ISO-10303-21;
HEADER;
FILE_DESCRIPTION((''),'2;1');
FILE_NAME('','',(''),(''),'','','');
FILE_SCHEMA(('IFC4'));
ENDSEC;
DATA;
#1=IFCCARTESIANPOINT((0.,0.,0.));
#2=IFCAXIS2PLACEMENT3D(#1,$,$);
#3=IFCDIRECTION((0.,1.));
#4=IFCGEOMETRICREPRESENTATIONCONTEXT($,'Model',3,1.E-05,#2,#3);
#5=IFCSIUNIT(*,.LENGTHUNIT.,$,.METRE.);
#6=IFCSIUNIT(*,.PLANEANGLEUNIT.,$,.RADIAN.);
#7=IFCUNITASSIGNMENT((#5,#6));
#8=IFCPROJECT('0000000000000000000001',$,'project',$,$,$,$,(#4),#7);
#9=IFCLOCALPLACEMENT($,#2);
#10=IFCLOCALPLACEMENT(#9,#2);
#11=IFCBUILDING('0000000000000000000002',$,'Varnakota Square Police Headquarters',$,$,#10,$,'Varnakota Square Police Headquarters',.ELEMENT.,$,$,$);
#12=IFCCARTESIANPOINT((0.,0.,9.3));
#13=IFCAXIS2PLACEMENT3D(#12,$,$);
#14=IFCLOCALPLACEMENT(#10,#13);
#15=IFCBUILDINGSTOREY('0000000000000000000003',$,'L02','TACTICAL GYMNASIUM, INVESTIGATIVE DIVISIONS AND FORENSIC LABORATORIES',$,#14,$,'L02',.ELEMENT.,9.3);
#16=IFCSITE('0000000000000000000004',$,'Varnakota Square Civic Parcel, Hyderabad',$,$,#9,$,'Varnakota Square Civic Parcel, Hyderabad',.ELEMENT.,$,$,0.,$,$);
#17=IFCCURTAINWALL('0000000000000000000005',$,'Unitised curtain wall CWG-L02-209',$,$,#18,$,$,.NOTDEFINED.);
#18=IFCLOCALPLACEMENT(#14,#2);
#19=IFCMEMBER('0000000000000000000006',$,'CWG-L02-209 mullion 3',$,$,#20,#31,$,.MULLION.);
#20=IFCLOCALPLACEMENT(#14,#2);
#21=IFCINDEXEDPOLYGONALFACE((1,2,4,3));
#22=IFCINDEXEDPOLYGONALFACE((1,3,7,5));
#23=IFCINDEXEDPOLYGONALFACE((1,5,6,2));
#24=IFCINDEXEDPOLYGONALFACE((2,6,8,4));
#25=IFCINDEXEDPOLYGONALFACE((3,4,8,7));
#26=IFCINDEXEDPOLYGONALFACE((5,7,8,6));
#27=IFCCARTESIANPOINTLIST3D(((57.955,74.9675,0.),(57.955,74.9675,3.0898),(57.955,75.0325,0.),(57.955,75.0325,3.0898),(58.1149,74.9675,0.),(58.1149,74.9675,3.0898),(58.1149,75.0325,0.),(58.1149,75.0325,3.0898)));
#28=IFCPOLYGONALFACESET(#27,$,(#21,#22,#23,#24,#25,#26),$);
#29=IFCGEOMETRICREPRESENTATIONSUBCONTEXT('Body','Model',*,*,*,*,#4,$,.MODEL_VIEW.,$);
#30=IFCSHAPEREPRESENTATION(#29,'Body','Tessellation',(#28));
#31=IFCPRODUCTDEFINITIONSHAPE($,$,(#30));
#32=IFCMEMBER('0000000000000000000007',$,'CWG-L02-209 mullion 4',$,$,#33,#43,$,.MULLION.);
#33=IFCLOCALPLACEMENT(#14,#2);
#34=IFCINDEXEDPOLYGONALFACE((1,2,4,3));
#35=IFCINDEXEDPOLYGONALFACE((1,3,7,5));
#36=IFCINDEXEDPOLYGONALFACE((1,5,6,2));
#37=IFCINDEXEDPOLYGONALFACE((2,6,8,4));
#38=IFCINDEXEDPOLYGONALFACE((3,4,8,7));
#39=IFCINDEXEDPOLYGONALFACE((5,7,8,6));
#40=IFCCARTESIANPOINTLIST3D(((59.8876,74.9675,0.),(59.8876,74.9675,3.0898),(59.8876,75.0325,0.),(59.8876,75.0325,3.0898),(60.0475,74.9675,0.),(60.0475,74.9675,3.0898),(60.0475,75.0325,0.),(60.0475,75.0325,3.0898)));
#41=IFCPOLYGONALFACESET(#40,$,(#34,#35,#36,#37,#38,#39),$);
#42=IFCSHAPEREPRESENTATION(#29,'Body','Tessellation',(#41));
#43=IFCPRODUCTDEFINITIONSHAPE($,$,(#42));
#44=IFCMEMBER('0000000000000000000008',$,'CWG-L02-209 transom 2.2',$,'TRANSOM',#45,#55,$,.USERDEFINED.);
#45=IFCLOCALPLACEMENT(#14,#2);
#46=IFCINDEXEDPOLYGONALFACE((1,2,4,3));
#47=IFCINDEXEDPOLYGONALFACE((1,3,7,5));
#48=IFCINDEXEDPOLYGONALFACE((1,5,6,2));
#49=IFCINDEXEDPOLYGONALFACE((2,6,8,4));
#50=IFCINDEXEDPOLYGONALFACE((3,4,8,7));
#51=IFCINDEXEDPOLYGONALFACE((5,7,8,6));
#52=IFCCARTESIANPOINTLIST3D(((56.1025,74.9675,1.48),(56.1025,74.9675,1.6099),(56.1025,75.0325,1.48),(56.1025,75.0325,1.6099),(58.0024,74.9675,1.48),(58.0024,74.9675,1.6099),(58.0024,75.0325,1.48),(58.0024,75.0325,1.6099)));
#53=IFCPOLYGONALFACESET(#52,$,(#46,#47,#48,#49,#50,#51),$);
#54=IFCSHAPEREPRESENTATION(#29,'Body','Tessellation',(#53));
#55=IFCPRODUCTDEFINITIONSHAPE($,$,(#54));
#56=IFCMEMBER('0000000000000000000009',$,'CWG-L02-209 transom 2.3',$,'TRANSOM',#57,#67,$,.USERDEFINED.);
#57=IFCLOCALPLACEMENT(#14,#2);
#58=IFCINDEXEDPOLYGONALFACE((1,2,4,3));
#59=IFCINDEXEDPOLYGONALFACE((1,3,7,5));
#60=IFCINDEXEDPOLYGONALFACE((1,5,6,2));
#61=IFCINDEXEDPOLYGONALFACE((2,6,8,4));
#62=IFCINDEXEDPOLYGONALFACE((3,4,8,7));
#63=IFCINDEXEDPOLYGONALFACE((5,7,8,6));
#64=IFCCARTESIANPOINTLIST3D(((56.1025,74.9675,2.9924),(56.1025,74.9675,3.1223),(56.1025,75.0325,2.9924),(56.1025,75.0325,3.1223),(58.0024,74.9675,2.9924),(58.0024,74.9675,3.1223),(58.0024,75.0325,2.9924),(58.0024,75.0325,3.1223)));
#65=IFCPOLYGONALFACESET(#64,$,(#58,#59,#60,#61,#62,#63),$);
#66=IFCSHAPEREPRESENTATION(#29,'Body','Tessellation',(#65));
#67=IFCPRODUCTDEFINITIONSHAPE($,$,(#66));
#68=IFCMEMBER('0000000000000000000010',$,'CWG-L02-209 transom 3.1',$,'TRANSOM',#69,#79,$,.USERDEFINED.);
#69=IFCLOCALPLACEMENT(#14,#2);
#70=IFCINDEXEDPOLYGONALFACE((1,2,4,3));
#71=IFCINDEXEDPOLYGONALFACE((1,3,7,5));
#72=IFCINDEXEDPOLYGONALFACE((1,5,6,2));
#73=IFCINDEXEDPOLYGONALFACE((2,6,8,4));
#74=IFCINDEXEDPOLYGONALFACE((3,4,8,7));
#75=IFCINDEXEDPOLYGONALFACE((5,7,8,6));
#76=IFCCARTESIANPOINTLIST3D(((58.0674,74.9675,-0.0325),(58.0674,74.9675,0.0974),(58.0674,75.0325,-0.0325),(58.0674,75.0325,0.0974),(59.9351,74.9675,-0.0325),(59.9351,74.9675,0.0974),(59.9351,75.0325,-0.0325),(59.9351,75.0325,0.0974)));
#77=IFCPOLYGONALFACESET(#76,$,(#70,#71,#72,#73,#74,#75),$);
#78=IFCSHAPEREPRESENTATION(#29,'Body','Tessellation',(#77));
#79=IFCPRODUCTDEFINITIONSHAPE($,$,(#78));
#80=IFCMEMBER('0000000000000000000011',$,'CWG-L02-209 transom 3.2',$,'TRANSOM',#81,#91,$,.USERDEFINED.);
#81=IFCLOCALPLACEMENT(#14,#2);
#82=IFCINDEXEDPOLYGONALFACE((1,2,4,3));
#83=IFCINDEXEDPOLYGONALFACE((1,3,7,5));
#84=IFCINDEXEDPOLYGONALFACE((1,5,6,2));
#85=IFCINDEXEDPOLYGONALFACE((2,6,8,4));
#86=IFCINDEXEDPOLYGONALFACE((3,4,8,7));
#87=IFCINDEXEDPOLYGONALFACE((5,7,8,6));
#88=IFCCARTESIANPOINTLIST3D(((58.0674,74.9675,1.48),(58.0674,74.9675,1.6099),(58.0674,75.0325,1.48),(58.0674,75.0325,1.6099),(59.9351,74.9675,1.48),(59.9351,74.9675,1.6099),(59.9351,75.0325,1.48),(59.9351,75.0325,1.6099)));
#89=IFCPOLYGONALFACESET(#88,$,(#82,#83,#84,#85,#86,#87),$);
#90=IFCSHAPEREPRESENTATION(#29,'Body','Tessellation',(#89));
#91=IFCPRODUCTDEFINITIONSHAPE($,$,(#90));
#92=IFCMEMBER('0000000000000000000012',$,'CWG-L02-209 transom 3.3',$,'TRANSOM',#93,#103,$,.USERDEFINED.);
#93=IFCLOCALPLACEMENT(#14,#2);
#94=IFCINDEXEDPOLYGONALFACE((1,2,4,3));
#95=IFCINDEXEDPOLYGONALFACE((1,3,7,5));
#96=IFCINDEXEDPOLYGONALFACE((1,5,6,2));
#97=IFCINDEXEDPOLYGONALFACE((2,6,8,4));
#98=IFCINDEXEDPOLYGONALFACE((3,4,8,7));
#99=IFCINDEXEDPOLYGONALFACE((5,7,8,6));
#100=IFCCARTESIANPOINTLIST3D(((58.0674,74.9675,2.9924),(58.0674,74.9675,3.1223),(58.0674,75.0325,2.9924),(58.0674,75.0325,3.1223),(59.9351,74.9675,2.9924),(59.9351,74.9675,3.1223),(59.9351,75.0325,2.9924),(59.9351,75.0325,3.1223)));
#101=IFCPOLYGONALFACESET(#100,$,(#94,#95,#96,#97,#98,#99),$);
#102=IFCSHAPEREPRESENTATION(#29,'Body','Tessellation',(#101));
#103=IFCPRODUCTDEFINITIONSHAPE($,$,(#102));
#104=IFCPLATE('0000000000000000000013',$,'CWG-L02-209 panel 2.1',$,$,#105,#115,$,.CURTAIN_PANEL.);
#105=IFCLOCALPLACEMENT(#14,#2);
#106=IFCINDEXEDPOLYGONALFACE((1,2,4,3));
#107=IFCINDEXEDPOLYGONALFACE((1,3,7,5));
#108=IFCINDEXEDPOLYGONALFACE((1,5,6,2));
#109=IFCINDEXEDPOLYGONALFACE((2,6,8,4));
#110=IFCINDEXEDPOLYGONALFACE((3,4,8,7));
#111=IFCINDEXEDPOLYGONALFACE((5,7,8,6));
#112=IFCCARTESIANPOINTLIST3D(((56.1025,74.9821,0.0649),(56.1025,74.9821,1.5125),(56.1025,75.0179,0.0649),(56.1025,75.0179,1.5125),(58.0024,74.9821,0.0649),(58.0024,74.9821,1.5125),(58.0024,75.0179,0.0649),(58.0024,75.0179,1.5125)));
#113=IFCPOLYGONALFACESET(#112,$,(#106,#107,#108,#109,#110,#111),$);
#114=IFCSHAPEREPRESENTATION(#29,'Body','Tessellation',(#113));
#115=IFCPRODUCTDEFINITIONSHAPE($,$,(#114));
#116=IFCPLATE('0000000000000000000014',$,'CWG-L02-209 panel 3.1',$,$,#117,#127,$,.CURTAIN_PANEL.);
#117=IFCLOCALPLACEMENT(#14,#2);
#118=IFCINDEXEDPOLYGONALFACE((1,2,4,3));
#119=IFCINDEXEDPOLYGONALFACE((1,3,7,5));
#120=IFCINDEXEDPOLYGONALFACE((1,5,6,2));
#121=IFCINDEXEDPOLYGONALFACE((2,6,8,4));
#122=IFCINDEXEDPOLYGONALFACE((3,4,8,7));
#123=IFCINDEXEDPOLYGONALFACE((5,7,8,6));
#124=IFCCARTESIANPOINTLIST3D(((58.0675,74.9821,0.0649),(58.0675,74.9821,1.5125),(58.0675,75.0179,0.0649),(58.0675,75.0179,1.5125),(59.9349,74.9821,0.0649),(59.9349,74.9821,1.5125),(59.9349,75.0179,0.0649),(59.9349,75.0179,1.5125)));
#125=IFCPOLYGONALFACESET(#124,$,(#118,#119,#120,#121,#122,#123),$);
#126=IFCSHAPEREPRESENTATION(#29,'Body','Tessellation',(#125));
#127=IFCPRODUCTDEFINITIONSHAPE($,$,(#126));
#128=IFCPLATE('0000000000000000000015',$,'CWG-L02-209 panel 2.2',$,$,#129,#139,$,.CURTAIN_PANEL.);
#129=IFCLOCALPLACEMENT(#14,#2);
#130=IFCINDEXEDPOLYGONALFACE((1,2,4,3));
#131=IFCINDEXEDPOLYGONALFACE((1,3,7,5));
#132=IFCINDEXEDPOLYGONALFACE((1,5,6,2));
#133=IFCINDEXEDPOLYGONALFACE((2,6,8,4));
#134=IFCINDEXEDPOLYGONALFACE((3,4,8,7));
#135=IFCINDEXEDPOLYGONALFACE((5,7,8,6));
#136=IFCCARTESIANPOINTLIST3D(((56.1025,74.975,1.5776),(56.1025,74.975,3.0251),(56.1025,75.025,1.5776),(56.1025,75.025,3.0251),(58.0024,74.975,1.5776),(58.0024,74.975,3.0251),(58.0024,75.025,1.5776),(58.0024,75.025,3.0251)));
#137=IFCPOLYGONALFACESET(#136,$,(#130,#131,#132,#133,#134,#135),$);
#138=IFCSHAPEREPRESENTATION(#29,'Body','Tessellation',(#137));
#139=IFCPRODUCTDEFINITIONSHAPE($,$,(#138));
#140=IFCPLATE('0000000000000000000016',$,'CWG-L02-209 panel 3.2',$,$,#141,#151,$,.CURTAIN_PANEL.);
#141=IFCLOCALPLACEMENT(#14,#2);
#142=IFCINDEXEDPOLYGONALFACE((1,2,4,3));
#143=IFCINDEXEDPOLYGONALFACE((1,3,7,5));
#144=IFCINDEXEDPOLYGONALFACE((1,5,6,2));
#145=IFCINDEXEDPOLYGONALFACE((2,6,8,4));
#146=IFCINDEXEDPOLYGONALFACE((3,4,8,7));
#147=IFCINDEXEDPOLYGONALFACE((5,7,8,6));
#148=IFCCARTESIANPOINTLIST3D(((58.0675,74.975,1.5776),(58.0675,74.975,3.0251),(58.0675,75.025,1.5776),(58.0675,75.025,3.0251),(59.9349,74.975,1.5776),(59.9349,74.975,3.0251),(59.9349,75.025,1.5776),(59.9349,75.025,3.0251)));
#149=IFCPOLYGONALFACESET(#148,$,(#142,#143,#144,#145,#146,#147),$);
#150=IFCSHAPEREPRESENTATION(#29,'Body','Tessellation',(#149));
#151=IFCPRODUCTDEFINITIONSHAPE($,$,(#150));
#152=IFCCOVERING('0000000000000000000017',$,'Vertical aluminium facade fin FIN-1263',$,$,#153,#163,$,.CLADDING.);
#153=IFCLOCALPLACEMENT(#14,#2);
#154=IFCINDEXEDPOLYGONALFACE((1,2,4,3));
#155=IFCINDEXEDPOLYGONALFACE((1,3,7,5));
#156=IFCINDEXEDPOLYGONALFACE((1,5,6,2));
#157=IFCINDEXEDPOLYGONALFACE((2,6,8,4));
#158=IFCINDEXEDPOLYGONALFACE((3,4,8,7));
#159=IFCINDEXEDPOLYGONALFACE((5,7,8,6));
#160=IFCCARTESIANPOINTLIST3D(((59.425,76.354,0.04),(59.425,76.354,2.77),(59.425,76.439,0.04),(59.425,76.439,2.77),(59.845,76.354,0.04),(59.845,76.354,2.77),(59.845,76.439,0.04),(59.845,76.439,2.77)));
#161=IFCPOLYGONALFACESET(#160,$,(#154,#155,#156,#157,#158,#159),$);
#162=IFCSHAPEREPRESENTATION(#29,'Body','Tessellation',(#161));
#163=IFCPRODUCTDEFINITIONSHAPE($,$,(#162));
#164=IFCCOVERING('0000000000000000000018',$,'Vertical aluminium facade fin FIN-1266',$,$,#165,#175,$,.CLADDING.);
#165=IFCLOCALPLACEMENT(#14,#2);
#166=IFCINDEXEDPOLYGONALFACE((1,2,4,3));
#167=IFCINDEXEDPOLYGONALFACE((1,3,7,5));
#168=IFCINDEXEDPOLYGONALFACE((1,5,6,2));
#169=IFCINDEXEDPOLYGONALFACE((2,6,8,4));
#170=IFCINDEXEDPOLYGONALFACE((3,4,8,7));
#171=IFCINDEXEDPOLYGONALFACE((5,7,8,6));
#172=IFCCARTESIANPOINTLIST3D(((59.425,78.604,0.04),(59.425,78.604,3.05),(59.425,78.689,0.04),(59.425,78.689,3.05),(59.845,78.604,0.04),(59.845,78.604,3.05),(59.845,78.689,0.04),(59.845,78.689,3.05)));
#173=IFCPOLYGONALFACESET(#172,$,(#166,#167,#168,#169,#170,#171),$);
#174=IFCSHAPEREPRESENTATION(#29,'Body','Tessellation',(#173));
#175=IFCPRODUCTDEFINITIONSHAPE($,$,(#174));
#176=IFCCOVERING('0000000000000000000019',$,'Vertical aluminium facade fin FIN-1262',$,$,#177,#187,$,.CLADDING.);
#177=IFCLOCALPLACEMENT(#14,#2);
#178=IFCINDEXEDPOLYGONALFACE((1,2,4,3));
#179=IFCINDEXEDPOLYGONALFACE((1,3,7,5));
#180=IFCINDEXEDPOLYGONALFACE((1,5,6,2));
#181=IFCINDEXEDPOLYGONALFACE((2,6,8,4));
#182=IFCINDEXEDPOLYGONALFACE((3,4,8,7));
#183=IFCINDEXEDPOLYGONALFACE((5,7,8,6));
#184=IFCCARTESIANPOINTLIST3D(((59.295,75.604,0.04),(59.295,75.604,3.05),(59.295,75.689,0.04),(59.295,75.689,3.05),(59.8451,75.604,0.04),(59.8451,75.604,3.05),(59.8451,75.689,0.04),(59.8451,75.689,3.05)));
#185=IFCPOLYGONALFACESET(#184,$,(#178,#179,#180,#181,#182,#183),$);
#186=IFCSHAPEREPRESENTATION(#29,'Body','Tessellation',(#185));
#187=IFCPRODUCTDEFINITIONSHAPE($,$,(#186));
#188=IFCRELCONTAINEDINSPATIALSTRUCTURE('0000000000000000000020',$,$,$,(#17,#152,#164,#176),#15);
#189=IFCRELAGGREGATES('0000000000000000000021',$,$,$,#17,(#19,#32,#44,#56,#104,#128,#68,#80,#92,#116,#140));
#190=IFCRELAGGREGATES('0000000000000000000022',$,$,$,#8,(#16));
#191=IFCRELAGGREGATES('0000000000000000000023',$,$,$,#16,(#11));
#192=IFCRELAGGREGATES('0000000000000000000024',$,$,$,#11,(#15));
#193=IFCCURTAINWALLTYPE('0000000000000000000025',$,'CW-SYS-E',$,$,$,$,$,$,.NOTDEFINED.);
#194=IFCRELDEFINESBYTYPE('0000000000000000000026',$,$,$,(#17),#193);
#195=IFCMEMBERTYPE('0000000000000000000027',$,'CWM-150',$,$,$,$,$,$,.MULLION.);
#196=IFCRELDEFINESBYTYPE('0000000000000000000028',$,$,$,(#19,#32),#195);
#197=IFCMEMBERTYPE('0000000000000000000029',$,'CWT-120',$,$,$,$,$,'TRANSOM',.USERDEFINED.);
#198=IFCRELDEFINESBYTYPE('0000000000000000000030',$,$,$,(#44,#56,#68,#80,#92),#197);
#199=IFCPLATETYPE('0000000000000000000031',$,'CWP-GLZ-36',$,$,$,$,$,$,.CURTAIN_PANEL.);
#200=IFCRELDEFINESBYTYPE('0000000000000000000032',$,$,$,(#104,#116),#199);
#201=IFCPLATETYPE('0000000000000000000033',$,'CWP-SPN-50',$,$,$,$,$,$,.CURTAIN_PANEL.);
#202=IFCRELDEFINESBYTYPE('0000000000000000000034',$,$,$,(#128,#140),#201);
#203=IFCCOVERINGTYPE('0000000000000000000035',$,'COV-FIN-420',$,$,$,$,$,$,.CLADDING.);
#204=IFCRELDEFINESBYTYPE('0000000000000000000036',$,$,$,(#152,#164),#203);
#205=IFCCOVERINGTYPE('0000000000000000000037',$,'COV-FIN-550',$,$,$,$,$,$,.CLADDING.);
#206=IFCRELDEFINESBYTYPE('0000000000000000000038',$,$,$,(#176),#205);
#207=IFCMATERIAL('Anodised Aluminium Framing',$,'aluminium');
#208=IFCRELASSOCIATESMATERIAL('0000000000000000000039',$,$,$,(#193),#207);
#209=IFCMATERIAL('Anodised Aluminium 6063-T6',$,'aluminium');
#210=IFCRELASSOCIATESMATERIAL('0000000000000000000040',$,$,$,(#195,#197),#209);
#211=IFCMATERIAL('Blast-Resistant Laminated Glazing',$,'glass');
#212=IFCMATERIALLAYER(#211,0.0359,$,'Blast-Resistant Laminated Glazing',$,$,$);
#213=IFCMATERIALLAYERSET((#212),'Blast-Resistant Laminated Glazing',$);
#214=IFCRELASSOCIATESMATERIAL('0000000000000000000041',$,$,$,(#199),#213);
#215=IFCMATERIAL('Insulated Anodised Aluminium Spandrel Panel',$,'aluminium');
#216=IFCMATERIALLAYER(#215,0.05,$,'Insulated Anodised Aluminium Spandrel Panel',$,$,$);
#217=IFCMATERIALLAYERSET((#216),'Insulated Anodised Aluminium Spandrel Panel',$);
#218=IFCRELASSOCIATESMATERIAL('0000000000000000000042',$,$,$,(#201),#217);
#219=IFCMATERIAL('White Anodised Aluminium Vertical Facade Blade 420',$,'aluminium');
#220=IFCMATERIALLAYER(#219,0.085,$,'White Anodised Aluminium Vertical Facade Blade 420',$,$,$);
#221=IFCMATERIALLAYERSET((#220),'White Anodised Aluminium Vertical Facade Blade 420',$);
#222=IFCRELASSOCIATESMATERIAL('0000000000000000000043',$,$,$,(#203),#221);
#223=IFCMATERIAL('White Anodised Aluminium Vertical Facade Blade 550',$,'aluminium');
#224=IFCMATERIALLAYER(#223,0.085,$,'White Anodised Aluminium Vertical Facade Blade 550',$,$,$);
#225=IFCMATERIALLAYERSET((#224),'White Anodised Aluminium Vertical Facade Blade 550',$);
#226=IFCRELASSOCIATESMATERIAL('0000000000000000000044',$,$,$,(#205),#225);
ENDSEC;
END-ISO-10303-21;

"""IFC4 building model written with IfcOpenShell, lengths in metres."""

from ifc_helpers import new_model, si_unit, direction, frame, origin, origin_2d, place, context, subcontext, project, spatial, rectangle, extrude, material, layer, layer_set, material_profile, profile_set, type_object, element, aggregate, save


model = new_model("IFC4")

# Units and contexts
model_context = context("Model", 3, precision=1e-05, world=origin(), true_north=direction((0.0, 1.0)))
body_context = subcontext(model_context, "Body", "Model", "MODEL_VIEW")
ifc_project = project(units=[si_unit("LENGTHUNIT", "METRE"), si_unit("PLANEANGLEUNIT", "RADIAN")], contexts=[model_context])

# Site, building, storey
site_placement = place(None, origin())
site = spatial("IfcSite", under=ifc_project, at=site_placement, Name="Varnakota Square Civic Parcel, Hyderabad", LongName="Varnakota Square Civic Parcel, Hyderabad", CompositionType="ELEMENT", RefElevation=0.0)
building_placement = place(site_placement, origin())
building = spatial("IfcBuilding", under=site, at=building_placement, Name="Varnakota Square Police Headquarters", LongName="Varnakota Square Police Headquarters", CompositionType="ELEMENT")
storey_placement = place(building_placement, frame((0.0, 0.0, 9.3)))
storey = spatial("IfcBuildingStorey", under=building, at=storey_placement, Name="L02", Description="TACTICAL GYMNASIUM, INVESTIGATIVE DIVISIONS AND FORENSIC LABORATORIES", LongName="L02", CompositionType="ELEMENT", Elevation=9.3)

# Curtain wall, members, plates
ifc_material_1 = material(Name="Anodised Aluminium Framing", Category="aluminium")
curtain_wall_type = type_object("IfcCurtainWallType", Name="CW-SYS-E", PredefinedType="NOTDEFINED", material=ifc_material_1)
curtain_wall_placement = place(storey_placement, origin())
curtain_wall = element("IfcCurtainWall", 1, at=curtain_wall_placement, inside=storey, type_object=curtain_wall_type, Name="Unitised curtain wall CWG-L02-209", PredefinedType="NOTDEFINED")
ifc_material_2 = material(Name="Anodised Aluminium 6063-T6", Category="aluminium")
ifc_material_profile_1 = material_profile(ifc_material_2, rectangle(XDim=0.0649, YDim=0.1599, at=origin_2d()), Name="ALU MULLION 65x160")
ifc_profile_set_1 = profile_set([ifc_material_profile_1], Name="Anodised Aluminium 6063-T6")
member_type_1 = type_object("IfcMemberType", Name="CWM-150", PredefinedType="MULLION", material=ifc_profile_set_1)
member_1_placement = place(storey_placement, frame((58.0349, 75.0, 0.0), z_axis=(0.0, 0.0, 1.0), x_axis=(0.0, 1.0, 0.0)))
member_1 = element("IfcMember", 2, at=member_1_placement, type_object=member_type_1, Name="CWG-L02-209 mullion 3", PredefinedType="MULLION", context=body_context, shape_type="SweptSolid", body=[
    extrude(rectangle(XDim=0.0649, YDim=0.1599, at=origin_2d()), origin(), (0.0, 0.0, 1.0), 3.0898),
])
member_2_placement = place(storey_placement, frame((59.9675, 75.0, 0.0), z_axis=(0.0, 0.0, 1.0), x_axis=(0.0, 1.0, 0.0)))
member_2 = element("IfcMember", 3, at=member_2_placement, type_object=member_type_1, Name="CWG-L02-209 mullion 4", PredefinedType="MULLION", context=body_context, shape_type="SweptSolid", body=[
    extrude(rectangle(XDim=0.0649, YDim=0.1599, at=origin_2d()), origin(), (0.0, 0.0, 1.0), 3.0898),
])
ifc_material_profile_2 = material_profile(ifc_material_2, rectangle(XDim=0.0649, YDim=0.1299, at=origin_2d()), Name="ALU TRANSOM 65x130")
ifc_profile_set_2 = profile_set([ifc_material_profile_2], Name="Anodised Aluminium 6063-T6")
member_type_2 = type_object("IfcMemberType", Name="CWT-120", ElementType="TRANSOM", PredefinedType="USERDEFINED", material=ifc_profile_set_2)
member_3_placement = place(storey_placement, frame((56.1025, 75.0, 1.5449), z_axis=(1.0, 0.0, 0.0), x_axis=(0.0, 1.0, 0.0)))
member_3 = element("IfcMember", 4, at=member_3_placement, type_object=member_type_2, Name="CWG-L02-209 transom 2.2", ObjectType="TRANSOM", PredefinedType="USERDEFINED", context=body_context, shape_type="SweptSolid", body=[
    extrude(rectangle(XDim=0.0649, YDim=0.1299, at=origin_2d()), origin(), (0.0, 0.0, 1.0), 1.8999),
])
member_4_placement = place(storey_placement, frame((56.1025, 75.0, 3.0574), z_axis=(1.0, 0.0, 0.0), x_axis=(0.0, 1.0, 0.0)))
member_4 = element("IfcMember", 5, at=member_4_placement, type_object=member_type_2, Name="CWG-L02-209 transom 2.3", ObjectType="TRANSOM", PredefinedType="USERDEFINED", context=body_context, shape_type="SweptSolid", body=[
    extrude(rectangle(XDim=0.0649, YDim=0.1299, at=origin_2d()), origin(), (0.0, 0.0, 1.0), 1.8999),
])
member_5_placement = place(storey_placement, frame((58.0674, 75.0, 0.0325), z_axis=(1.0, 0.0, 0.0), x_axis=(0.0, 1.0, 0.0)))
member_5 = element("IfcMember", 6, at=member_5_placement, type_object=member_type_2, Name="CWG-L02-209 transom 3.1", ObjectType="TRANSOM", PredefinedType="USERDEFINED", context=body_context, shape_type="SweptSolid", body=[
    extrude(rectangle(XDim=0.0649, YDim=0.1299, at=origin_2d()), origin(), (0.0, 0.0, 1.0), 1.8677),
])
member_6_placement = place(storey_placement, frame((58.0674, 75.0, 1.5449), z_axis=(1.0, 0.0, 0.0), x_axis=(0.0, 1.0, 0.0)))
member_6 = element("IfcMember", 7, at=member_6_placement, type_object=member_type_2, Name="CWG-L02-209 transom 3.2", ObjectType="TRANSOM", PredefinedType="USERDEFINED", context=body_context, shape_type="SweptSolid", body=[
    extrude(rectangle(XDim=0.0649, YDim=0.1299, at=origin_2d()), origin(), (0.0, 0.0, 1.0), 1.8677),
])
member_7_placement = place(storey_placement, frame((58.0674, 75.0, 3.0574), z_axis=(1.0, 0.0, 0.0), x_axis=(0.0, 1.0, 0.0)))
member_7 = element("IfcMember", 8, at=member_7_placement, type_object=member_type_2, Name="CWG-L02-209 transom 3.3", ObjectType="TRANSOM", PredefinedType="USERDEFINED", context=body_context, shape_type="SweptSolid", body=[
    extrude(rectangle(XDim=0.0649, YDim=0.1299, at=origin_2d()), origin(), (0.0, 0.0, 1.0), 1.8677),
])
ifc_material_3 = material(Name="Blast-Resistant Laminated Glazing", Category="glass")
ifc_layer_1 = layer(ifc_material_3, 0.0359, Name="Blast-Resistant Laminated Glazing")
ifc_layer_set_1 = layer_set([ifc_layer_1], Name="Blast-Resistant Laminated Glazing")
plate_type_1 = type_object("IfcPlateType", Name="CWP-GLZ-36", PredefinedType="CURTAIN_PANEL", material=ifc_layer_set_1)
plate_1_placement = place(storey_placement, frame((57.0525, 75.0, 0.0649), z_axis=(0.0, 0.0, 1.0), x_axis=(1.0, 0.0, 0.0)))
plate_1 = element("IfcPlate", 9, at=plate_1_placement, type_object=plate_type_1, Name="CWG-L02-209 panel 2.1", PredefinedType="CURTAIN_PANEL", context=body_context, shape_type="SweptSolid", body=[
    extrude(rectangle(XDim=1.8999, YDim=0.0359, at=origin_2d()), origin(), (0.0, 0.0, 1.0), 1.4475),
])
plate_2_placement = place(storey_placement, frame((59.0012, 75.0, 0.0649), z_axis=(0.0, 0.0, 1.0), x_axis=(1.0, 0.0, 0.0)))
plate_2 = element("IfcPlate", 10, at=plate_2_placement, type_object=plate_type_1, Name="CWG-L02-209 panel 3.1", PredefinedType="CURTAIN_PANEL", context=body_context, shape_type="SweptSolid", body=[
    extrude(rectangle(XDim=1.8674, YDim=0.0359, at=origin_2d()), origin(), (0.0, 0.0, 1.0), 1.4475),
])
ifc_material_4 = material(Name="Insulated Anodised Aluminium Spandrel Panel", Category="aluminium")
ifc_layer_2 = layer(ifc_material_4, 0.05, Name="Insulated Anodised Aluminium Spandrel Panel")
ifc_layer_set_2 = layer_set([ifc_layer_2], Name="Insulated Anodised Aluminium Spandrel Panel")
plate_type_2 = type_object("IfcPlateType", Name="CWP-SPN-50", PredefinedType="CURTAIN_PANEL", material=ifc_layer_set_2)
plate_3_placement = place(storey_placement, frame((57.0525, 75.0, 1.5776), z_axis=(0.0, 0.0, 1.0), x_axis=(1.0, 0.0, 0.0)))
plate_3 = element("IfcPlate", 11, at=plate_3_placement, type_object=plate_type_2, Name="CWG-L02-209 panel 2.2", PredefinedType="CURTAIN_PANEL", context=body_context, shape_type="SweptSolid", body=[
    extrude(rectangle(XDim=1.8999, YDim=0.05, at=origin_2d()), origin(), (0.0, 0.0, 1.0), 1.4475),
])
plate_4_placement = place(storey_placement, frame((59.0012, 75.0, 1.5776), z_axis=(0.0, 0.0, 1.0), x_axis=(1.0, 0.0, 0.0)))
plate_4 = element("IfcPlate", 12, at=plate_4_placement, type_object=plate_type_2, Name="CWG-L02-209 panel 3.2", PredefinedType="CURTAIN_PANEL", context=body_context, shape_type="SweptSolid", body=[
    extrude(rectangle(XDim=1.8674, YDim=0.05, at=origin_2d()), origin(), (0.0, 0.0, 1.0), 1.4475),
])
aggregate(curtain_wall, [member_1, member_2, member_3, member_4, plate_1, plate_3, member_5, member_6, member_7, plate_2, plate_4])

# Coverings
ifc_material_5 = material(Name="White Anodised Aluminium Vertical Facade Blade 420", Category="aluminium")
ifc_layer_3 = layer(ifc_material_5, 0.085, Name="White Anodised Aluminium Vertical Facade Blade 420")
ifc_layer_set_3 = layer_set([ifc_layer_3], Name="White Anodised Aluminium Vertical Facade Blade 420")
covering_type_1 = type_object("IfcCoveringType", Name="COV-FIN-420", PredefinedType="CLADDING", material=ifc_layer_set_3)
covering_1_placement = place(storey_placement, frame((59.635, 76.3965, 0.04), z_axis=(0.0, 0.0, 1.0), x_axis=(0.0, 1.0, 0.0)))
element("IfcCovering", 13, at=covering_1_placement, inside=storey, type_object=covering_type_1, Name="Vertical aluminium facade fin FIN-1263", PredefinedType="CLADDING", context=body_context, shape_type="SweptSolid", body=[
    extrude(rectangle(XDim=0.085, YDim=0.4199, at=origin_2d()), origin(), (0.0, 0.0, 1.0), 2.73),
])
covering_2_placement = place(storey_placement, frame((59.635, 78.6465, 0.04), z_axis=(0.0, 0.0, 1.0), x_axis=(0.0, 1.0, 0.0)))
element("IfcCovering", 14, at=covering_2_placement, inside=storey, type_object=covering_type_1, Name="Vertical aluminium facade fin FIN-1266", PredefinedType="CLADDING", context=body_context, shape_type="SweptSolid", body=[
    extrude(rectangle(XDim=0.085, YDim=0.4199, at=origin_2d()), origin(), (0.0, 0.0, 1.0), 3.01),
])
ifc_material_6 = material(Name="White Anodised Aluminium Vertical Facade Blade 550", Category="aluminium")
ifc_layer_4 = layer(ifc_material_6, 0.085, Name="White Anodised Aluminium Vertical Facade Blade 550")
ifc_layer_set_4 = layer_set([ifc_layer_4], Name="White Anodised Aluminium Vertical Facade Blade 550")
covering_type_2 = type_object("IfcCoveringType", Name="COV-FIN-550", PredefinedType="CLADDING", material=ifc_layer_set_4)
for number, where, z_axis, x_axis, name in (
    (15, (59.5701, 75.6465, 0.04), (0.0, 0.0, 1.0), (0.0, 1.0, 0.0), "Vertical aluminium facade fin FIN-1262"),
):
    element("IfcCovering", number, at=place(storey_placement, frame(where, z_axis=z_axis, x_axis=x_axis)), inside=storey, type_object=covering_type_2, Name=name, PredefinedType="CLADDING", context=body_context, shape_type="SweptSolid", body=[
        extrude(rectangle(XDim=0.085, YDim=0.55, at=origin_2d()), origin(), (0.0, 0.0, 1.0), 3.01),
    ])

save(model, "model.ifc")
